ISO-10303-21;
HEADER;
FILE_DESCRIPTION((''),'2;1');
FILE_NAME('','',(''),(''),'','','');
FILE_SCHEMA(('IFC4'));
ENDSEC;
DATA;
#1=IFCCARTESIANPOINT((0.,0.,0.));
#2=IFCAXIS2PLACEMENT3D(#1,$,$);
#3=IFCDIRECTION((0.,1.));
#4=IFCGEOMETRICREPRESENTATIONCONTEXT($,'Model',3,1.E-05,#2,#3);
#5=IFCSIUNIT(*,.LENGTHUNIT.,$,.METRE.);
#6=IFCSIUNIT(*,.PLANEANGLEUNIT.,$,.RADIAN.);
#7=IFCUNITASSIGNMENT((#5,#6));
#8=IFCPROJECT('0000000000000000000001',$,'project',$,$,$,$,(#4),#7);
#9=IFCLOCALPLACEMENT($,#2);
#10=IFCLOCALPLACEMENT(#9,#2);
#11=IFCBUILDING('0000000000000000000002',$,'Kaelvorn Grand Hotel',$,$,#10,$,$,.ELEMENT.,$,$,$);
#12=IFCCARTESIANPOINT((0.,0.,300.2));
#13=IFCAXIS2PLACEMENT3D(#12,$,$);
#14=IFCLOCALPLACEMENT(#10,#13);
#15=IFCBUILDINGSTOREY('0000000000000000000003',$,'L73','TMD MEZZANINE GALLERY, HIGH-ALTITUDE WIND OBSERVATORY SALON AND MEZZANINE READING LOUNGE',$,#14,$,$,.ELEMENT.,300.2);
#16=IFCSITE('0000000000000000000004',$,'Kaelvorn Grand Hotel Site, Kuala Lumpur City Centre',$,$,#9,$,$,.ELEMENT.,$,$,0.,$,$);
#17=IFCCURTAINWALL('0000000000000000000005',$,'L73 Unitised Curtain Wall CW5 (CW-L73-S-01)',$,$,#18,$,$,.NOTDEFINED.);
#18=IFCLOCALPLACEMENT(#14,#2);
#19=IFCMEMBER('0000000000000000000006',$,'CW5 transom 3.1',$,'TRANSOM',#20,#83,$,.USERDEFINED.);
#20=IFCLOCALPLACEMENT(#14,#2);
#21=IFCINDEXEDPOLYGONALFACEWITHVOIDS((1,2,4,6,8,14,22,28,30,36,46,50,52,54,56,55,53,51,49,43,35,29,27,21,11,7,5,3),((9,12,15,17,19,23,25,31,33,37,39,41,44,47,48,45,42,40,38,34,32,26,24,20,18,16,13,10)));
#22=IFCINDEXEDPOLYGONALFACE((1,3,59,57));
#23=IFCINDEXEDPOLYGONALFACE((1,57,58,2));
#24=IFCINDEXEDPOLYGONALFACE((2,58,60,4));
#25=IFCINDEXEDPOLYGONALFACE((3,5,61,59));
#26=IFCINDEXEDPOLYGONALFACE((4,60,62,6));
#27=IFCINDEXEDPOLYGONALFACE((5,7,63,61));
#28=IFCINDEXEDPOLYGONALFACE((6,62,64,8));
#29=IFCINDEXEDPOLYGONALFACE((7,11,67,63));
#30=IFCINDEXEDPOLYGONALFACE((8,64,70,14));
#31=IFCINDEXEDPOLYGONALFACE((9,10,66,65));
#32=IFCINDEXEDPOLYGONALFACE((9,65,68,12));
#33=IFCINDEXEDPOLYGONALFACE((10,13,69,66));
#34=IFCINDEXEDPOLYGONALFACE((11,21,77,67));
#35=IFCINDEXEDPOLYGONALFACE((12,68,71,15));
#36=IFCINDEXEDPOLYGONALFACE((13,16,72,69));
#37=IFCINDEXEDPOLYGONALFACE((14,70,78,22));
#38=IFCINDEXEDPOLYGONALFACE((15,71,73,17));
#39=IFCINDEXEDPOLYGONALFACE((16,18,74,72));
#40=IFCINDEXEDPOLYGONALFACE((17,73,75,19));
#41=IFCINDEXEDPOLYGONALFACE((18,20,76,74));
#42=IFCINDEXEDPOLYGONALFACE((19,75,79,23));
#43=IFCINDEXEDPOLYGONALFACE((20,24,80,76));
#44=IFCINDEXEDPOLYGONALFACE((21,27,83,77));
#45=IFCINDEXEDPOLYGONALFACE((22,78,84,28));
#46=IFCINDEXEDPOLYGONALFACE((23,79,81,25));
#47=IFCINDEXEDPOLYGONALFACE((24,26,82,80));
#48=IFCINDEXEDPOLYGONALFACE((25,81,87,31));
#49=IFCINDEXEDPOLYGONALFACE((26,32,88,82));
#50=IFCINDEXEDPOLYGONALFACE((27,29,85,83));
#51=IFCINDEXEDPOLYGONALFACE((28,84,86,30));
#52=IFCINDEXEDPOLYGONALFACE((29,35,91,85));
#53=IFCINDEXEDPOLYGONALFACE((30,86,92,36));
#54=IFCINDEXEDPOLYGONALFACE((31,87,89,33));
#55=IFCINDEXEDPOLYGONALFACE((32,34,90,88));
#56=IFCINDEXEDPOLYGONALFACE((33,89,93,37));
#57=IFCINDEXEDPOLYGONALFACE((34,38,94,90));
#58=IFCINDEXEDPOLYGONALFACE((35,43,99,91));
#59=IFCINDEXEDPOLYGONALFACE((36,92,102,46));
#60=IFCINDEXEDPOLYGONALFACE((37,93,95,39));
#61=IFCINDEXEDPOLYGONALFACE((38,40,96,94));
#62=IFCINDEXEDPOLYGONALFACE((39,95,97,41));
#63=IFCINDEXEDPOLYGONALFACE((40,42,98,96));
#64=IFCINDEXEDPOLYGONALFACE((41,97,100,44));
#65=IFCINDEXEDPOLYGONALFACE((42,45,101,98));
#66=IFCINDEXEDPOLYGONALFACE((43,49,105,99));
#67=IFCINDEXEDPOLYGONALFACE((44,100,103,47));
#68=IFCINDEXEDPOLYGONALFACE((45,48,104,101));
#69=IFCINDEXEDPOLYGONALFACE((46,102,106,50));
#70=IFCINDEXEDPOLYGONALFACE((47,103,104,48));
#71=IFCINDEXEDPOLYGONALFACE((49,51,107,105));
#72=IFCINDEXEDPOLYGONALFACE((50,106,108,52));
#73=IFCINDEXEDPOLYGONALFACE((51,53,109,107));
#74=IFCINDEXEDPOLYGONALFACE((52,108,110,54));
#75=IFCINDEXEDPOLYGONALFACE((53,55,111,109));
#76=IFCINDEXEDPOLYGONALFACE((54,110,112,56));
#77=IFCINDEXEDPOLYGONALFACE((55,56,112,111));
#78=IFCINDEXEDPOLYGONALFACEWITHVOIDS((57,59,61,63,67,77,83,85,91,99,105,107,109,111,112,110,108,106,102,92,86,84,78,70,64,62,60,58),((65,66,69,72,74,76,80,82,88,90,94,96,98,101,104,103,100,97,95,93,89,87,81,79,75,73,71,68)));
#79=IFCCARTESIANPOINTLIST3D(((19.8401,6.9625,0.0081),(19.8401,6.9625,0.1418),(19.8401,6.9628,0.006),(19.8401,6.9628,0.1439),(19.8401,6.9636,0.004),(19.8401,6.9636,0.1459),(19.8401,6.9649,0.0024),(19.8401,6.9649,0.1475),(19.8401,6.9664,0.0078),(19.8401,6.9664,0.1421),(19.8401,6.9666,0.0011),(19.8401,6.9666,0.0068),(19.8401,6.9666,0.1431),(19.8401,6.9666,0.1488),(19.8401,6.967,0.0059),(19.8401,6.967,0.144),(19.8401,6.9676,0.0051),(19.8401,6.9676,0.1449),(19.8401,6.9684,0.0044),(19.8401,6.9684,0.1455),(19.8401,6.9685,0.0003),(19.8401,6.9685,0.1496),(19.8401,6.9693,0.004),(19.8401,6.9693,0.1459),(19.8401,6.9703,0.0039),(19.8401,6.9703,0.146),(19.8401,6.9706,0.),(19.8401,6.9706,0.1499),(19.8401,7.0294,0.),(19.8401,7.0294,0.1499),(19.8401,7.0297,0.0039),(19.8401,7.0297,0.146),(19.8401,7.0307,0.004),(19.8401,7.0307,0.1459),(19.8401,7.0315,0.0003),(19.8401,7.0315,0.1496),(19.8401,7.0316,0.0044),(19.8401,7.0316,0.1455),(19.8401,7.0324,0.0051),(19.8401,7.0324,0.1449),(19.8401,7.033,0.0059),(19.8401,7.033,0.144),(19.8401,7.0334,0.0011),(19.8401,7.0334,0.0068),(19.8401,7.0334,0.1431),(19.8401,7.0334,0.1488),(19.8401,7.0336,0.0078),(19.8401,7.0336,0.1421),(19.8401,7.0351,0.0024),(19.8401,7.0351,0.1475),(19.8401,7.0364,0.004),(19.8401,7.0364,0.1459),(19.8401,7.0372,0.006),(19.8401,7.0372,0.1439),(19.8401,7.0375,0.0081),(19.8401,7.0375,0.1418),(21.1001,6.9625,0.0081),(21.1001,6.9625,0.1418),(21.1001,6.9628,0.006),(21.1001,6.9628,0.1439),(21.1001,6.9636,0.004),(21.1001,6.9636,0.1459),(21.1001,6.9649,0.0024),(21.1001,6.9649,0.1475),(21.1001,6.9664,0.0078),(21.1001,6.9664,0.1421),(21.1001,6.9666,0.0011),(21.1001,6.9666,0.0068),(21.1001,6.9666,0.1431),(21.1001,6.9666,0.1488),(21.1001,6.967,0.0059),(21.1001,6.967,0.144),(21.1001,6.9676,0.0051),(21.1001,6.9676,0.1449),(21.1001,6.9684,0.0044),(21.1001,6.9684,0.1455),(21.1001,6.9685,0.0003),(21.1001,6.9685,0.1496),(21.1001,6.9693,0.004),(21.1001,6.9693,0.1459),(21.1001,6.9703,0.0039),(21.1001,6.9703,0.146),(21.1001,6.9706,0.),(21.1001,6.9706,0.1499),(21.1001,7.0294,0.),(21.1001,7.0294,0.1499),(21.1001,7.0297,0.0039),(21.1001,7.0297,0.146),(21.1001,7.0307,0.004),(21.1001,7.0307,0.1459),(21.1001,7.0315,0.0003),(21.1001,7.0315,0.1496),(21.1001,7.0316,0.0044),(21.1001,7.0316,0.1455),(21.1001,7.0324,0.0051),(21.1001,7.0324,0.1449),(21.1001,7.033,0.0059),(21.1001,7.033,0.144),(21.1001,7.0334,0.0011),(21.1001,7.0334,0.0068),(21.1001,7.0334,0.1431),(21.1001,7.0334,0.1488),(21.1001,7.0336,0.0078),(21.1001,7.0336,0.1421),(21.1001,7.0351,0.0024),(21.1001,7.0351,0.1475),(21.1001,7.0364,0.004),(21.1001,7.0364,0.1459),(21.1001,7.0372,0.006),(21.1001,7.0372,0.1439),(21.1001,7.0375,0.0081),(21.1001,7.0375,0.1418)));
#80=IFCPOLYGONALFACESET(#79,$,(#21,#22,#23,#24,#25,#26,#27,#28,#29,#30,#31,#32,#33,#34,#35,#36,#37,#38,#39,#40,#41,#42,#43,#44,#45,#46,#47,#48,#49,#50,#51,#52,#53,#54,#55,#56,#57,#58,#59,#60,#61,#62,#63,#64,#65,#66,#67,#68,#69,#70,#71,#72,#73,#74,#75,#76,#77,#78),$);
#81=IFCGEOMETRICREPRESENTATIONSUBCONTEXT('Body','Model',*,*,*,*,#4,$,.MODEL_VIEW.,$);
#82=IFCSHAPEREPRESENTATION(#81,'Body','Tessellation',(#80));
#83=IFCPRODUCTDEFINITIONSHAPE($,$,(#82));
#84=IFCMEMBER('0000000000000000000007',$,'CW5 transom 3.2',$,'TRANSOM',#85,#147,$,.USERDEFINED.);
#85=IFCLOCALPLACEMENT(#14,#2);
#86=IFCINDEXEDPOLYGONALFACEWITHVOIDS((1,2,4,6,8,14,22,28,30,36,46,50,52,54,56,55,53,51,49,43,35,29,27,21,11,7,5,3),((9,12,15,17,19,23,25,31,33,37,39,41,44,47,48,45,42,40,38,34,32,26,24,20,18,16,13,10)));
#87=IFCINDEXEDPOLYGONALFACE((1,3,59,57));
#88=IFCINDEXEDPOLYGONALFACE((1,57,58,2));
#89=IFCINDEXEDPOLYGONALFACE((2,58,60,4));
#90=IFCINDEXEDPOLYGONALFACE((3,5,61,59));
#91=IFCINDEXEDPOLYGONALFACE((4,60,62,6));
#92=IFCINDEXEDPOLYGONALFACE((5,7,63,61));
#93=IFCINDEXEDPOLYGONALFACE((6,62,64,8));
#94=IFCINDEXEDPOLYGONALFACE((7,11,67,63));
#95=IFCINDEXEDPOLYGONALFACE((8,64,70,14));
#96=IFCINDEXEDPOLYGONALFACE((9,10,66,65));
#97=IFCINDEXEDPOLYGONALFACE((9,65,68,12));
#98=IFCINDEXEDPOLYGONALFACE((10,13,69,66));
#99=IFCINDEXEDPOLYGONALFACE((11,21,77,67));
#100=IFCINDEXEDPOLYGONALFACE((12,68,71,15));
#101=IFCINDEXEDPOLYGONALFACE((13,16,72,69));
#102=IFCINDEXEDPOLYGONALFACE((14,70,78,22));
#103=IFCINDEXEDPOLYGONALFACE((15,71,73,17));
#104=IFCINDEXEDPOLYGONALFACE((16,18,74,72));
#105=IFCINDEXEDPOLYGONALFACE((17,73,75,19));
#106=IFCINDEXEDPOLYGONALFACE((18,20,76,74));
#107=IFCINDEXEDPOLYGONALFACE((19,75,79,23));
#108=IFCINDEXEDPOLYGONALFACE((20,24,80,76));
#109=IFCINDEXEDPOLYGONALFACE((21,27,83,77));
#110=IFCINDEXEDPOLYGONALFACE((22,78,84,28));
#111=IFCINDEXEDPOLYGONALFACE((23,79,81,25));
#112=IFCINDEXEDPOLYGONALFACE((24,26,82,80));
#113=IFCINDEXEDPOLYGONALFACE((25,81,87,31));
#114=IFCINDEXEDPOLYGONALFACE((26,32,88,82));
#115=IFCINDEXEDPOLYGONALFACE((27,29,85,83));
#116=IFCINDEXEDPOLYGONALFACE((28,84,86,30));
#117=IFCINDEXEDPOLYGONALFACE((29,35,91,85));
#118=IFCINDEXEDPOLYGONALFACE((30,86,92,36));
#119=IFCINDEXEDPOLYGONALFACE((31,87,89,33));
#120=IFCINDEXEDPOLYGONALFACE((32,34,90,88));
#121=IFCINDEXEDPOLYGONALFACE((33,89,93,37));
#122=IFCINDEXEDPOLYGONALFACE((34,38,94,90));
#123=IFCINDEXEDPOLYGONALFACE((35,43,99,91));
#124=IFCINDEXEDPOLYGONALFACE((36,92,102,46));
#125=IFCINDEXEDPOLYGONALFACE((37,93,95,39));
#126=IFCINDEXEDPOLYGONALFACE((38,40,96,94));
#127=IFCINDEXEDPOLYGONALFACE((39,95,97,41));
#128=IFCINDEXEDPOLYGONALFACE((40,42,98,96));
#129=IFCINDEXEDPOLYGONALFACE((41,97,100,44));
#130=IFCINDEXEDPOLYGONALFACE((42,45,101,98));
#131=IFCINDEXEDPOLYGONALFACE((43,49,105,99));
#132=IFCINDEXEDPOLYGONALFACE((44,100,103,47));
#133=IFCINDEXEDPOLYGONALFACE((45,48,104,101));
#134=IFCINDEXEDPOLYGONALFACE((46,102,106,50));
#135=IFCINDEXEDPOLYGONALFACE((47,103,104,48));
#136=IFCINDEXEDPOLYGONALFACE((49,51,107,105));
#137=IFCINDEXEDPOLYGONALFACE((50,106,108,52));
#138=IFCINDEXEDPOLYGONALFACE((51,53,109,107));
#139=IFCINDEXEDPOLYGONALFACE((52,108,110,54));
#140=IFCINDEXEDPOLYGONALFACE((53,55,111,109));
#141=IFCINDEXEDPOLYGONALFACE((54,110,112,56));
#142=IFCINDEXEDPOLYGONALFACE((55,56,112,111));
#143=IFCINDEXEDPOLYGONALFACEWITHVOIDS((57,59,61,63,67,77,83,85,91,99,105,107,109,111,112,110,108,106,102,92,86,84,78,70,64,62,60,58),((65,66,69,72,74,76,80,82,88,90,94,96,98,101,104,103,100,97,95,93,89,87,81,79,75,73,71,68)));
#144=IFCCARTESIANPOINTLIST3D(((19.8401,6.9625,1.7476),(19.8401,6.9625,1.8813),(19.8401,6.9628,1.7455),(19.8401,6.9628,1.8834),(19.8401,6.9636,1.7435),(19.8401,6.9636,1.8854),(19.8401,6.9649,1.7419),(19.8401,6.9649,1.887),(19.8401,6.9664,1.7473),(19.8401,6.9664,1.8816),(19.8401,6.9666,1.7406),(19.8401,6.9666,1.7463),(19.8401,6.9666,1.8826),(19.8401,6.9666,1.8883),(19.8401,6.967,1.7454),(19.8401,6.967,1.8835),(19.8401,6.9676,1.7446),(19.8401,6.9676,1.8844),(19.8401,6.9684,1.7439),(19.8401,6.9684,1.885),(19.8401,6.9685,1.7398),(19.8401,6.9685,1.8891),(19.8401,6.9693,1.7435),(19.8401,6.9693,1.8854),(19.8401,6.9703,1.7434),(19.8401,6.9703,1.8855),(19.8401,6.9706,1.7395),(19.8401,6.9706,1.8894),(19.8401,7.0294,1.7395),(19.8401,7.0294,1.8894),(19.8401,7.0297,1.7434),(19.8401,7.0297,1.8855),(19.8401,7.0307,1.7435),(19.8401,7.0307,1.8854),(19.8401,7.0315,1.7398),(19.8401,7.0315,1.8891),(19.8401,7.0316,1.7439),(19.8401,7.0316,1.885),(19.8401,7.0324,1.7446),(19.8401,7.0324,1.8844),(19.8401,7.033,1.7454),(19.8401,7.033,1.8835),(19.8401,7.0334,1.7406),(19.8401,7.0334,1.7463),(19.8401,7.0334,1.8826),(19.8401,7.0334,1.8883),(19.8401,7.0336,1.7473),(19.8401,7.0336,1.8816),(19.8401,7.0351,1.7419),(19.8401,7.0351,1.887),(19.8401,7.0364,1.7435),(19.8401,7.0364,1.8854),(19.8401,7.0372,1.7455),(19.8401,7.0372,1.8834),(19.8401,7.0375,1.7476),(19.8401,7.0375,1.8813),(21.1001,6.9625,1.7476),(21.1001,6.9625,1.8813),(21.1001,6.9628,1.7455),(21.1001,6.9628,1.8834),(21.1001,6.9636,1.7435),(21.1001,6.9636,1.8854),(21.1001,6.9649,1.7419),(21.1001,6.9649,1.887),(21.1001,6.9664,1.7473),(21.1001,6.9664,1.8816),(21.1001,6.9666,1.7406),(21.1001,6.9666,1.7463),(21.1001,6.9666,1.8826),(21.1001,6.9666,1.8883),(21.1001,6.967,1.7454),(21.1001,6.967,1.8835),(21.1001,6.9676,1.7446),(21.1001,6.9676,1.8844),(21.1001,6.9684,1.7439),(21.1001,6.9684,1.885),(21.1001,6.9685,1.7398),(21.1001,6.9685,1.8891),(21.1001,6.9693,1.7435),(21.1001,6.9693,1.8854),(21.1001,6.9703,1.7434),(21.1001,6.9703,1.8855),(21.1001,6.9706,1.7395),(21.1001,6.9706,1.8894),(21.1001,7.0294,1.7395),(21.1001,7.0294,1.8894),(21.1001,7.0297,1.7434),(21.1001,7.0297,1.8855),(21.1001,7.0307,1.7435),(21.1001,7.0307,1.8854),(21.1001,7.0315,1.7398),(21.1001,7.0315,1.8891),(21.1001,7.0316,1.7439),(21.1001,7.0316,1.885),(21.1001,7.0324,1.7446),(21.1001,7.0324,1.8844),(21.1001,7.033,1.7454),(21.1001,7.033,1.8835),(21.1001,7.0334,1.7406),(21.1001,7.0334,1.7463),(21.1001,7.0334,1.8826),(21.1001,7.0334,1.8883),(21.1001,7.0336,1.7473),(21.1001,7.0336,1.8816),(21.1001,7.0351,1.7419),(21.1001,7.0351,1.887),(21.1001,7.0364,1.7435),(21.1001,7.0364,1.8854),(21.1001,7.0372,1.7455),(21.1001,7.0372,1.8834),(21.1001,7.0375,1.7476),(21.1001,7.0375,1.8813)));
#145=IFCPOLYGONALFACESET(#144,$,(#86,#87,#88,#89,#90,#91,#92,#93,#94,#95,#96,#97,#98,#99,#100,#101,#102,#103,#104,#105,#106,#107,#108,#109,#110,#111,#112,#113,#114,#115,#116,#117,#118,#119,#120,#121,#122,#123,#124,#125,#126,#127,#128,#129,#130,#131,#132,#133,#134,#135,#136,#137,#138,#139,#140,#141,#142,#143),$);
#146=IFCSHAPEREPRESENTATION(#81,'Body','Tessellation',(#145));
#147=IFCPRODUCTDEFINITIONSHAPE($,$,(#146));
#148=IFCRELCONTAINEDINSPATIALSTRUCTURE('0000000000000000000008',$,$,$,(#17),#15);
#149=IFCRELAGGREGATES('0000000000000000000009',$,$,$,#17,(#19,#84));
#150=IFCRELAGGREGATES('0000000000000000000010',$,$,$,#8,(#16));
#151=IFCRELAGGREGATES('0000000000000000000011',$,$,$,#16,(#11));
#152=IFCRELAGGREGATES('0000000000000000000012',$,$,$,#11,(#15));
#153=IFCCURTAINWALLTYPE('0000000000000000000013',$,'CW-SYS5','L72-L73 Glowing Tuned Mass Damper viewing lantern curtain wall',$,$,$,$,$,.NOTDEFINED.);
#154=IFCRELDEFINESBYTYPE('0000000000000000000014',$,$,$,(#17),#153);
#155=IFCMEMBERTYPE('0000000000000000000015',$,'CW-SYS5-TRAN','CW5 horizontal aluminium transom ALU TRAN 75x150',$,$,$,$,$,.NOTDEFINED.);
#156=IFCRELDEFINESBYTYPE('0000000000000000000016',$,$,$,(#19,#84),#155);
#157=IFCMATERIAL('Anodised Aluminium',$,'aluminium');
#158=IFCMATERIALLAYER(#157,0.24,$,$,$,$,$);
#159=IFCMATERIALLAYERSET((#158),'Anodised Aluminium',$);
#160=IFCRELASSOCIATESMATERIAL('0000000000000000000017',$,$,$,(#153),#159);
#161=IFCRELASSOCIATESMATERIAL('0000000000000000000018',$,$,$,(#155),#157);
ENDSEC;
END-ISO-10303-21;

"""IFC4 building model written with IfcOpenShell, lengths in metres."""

from ifc_helpers import new_model, si_unit, direction, frame, origin, origin_2d, place, context, subcontext, project, spatial, hollow_rectangle, extrude, material, layer, layer_set, material_profile, profile_set, type_object, element, aggregate, save


model = new_model("IFC4")

# Units and contexts
model_context = context("Model", 3, precision=1e-05, world=origin(), true_north=direction((0.0, 1.0)))
body_context = subcontext(model_context, "Body", "Model", "MODEL_VIEW")
ifc_project = project(units=[si_unit("LENGTHUNIT", "METRE"), si_unit("PLANEANGLEUNIT", "RADIAN")], contexts=[model_context])

# Site, building, storey
site_placement = place(None, origin())
site = spatial("IfcSite", under=ifc_project, at=site_placement, Name="Kaelvorn Grand Hotel Site, Kuala Lumpur City Centre", CompositionType="ELEMENT", RefElevation=0.0)
building_placement = place(site_placement, origin())
building = spatial("IfcBuilding", under=site, at=building_placement, Name="Kaelvorn Grand Hotel", CompositionType="ELEMENT")
storey_placement = place(building_placement, frame((0.0, 0.0, 300.2)))
storey = spatial("IfcBuildingStorey", under=building, at=storey_placement, Name="L73", Description="TMD MEZZANINE GALLERY, HIGH-ALTITUDE WIND OBSERVATORY SALON AND MEZZANINE READING LOUNGE", CompositionType="ELEMENT", Elevation=300.2)

# Curtain wall, members
ifc_material_1 = material(Name="Anodised Aluminium", Category="aluminium")
ifc_layer_1 = layer(ifc_material_1, 0.24)
ifc_layer_set_1 = layer_set([ifc_layer_1], Name="Anodised Aluminium")
curtain_wall_type = type_object("IfcCurtainWallType", Name="CW-SYS5", Description="L72-L73 Glowing Tuned Mass Damper viewing lantern curtain wall", PredefinedType="NOTDEFINED", material=ifc_layer_set_1)
curtain_wall_placement = place(storey_placement, origin())
curtain_wall = element("IfcCurtainWall", 1, at=curtain_wall_placement, inside=storey, type_object=curtain_wall_type, Name="L73 Unitised Curtain Wall CW5 (CW-L73-S-01)", PredefinedType="NOTDEFINED")
ifc_material_profile_1 = material_profile(ifc_material_1, hollow_rectangle(XDim=0.075, YDim=0.1499, WallThickness=0.0039, InnerFilletRadius=0.0039, OuterFilletRadius=0.0081, at=origin_2d()), Name="ALU TRAN 75x150")
ifc_profile_set_1 = profile_set([ifc_material_profile_1], Name="Anodised Aluminium")
member_type_1 = type_object("IfcMemberType", Name="CW-SYS5-TRAN", Description="CW5 horizontal aluminium transom ALU TRAN 75x150", PredefinedType="NOTDEFINED", material=ifc_profile_set_1)
member_1_placement = place(storey_placement, frame((19.8401, 7.0, 0.075), z_axis=(1.0, 0.0, 0.0), x_axis=(0.0, 1.0, 0.0)))
member_1 = element("IfcMember", 2, at=member_1_placement, type_object=member_type_1, Name="CW5 transom 3.1", ObjectType="TRANSOM", PredefinedType="USERDEFINED", context=body_context, shape_type="SweptSolid", body=[
    extrude(hollow_rectangle(XDim=0.075, YDim=0.1499, WallThickness=0.0039, InnerFilletRadius=0.0039, OuterFilletRadius=0.0081, at=origin_2d()), origin(), (0.0, 0.0, 1.0), 1.26),
])
member_2_placement = place(storey_placement, frame((19.8401, 7.0, 1.8145), z_axis=(1.0, 0.0, 0.0), x_axis=(0.0, 1.0, 0.0)))
member_2 = element("IfcMember", 3, at=member_2_placement, type_object=member_type_1, Name="CW5 transom 3.2", ObjectType="TRANSOM", PredefinedType="USERDEFINED", context=body_context, shape_type="SweptSolid", body=[
    extrude(hollow_rectangle(XDim=0.075, YDim=0.1499, WallThickness=0.0039, InnerFilletRadius=0.0039, OuterFilletRadius=0.0081, at=origin_2d()), origin(), (0.0, 0.0, 1.0), 1.26),
])
aggregate(curtain_wall, [member_1, member_2])

save(model, "model.ifc")
